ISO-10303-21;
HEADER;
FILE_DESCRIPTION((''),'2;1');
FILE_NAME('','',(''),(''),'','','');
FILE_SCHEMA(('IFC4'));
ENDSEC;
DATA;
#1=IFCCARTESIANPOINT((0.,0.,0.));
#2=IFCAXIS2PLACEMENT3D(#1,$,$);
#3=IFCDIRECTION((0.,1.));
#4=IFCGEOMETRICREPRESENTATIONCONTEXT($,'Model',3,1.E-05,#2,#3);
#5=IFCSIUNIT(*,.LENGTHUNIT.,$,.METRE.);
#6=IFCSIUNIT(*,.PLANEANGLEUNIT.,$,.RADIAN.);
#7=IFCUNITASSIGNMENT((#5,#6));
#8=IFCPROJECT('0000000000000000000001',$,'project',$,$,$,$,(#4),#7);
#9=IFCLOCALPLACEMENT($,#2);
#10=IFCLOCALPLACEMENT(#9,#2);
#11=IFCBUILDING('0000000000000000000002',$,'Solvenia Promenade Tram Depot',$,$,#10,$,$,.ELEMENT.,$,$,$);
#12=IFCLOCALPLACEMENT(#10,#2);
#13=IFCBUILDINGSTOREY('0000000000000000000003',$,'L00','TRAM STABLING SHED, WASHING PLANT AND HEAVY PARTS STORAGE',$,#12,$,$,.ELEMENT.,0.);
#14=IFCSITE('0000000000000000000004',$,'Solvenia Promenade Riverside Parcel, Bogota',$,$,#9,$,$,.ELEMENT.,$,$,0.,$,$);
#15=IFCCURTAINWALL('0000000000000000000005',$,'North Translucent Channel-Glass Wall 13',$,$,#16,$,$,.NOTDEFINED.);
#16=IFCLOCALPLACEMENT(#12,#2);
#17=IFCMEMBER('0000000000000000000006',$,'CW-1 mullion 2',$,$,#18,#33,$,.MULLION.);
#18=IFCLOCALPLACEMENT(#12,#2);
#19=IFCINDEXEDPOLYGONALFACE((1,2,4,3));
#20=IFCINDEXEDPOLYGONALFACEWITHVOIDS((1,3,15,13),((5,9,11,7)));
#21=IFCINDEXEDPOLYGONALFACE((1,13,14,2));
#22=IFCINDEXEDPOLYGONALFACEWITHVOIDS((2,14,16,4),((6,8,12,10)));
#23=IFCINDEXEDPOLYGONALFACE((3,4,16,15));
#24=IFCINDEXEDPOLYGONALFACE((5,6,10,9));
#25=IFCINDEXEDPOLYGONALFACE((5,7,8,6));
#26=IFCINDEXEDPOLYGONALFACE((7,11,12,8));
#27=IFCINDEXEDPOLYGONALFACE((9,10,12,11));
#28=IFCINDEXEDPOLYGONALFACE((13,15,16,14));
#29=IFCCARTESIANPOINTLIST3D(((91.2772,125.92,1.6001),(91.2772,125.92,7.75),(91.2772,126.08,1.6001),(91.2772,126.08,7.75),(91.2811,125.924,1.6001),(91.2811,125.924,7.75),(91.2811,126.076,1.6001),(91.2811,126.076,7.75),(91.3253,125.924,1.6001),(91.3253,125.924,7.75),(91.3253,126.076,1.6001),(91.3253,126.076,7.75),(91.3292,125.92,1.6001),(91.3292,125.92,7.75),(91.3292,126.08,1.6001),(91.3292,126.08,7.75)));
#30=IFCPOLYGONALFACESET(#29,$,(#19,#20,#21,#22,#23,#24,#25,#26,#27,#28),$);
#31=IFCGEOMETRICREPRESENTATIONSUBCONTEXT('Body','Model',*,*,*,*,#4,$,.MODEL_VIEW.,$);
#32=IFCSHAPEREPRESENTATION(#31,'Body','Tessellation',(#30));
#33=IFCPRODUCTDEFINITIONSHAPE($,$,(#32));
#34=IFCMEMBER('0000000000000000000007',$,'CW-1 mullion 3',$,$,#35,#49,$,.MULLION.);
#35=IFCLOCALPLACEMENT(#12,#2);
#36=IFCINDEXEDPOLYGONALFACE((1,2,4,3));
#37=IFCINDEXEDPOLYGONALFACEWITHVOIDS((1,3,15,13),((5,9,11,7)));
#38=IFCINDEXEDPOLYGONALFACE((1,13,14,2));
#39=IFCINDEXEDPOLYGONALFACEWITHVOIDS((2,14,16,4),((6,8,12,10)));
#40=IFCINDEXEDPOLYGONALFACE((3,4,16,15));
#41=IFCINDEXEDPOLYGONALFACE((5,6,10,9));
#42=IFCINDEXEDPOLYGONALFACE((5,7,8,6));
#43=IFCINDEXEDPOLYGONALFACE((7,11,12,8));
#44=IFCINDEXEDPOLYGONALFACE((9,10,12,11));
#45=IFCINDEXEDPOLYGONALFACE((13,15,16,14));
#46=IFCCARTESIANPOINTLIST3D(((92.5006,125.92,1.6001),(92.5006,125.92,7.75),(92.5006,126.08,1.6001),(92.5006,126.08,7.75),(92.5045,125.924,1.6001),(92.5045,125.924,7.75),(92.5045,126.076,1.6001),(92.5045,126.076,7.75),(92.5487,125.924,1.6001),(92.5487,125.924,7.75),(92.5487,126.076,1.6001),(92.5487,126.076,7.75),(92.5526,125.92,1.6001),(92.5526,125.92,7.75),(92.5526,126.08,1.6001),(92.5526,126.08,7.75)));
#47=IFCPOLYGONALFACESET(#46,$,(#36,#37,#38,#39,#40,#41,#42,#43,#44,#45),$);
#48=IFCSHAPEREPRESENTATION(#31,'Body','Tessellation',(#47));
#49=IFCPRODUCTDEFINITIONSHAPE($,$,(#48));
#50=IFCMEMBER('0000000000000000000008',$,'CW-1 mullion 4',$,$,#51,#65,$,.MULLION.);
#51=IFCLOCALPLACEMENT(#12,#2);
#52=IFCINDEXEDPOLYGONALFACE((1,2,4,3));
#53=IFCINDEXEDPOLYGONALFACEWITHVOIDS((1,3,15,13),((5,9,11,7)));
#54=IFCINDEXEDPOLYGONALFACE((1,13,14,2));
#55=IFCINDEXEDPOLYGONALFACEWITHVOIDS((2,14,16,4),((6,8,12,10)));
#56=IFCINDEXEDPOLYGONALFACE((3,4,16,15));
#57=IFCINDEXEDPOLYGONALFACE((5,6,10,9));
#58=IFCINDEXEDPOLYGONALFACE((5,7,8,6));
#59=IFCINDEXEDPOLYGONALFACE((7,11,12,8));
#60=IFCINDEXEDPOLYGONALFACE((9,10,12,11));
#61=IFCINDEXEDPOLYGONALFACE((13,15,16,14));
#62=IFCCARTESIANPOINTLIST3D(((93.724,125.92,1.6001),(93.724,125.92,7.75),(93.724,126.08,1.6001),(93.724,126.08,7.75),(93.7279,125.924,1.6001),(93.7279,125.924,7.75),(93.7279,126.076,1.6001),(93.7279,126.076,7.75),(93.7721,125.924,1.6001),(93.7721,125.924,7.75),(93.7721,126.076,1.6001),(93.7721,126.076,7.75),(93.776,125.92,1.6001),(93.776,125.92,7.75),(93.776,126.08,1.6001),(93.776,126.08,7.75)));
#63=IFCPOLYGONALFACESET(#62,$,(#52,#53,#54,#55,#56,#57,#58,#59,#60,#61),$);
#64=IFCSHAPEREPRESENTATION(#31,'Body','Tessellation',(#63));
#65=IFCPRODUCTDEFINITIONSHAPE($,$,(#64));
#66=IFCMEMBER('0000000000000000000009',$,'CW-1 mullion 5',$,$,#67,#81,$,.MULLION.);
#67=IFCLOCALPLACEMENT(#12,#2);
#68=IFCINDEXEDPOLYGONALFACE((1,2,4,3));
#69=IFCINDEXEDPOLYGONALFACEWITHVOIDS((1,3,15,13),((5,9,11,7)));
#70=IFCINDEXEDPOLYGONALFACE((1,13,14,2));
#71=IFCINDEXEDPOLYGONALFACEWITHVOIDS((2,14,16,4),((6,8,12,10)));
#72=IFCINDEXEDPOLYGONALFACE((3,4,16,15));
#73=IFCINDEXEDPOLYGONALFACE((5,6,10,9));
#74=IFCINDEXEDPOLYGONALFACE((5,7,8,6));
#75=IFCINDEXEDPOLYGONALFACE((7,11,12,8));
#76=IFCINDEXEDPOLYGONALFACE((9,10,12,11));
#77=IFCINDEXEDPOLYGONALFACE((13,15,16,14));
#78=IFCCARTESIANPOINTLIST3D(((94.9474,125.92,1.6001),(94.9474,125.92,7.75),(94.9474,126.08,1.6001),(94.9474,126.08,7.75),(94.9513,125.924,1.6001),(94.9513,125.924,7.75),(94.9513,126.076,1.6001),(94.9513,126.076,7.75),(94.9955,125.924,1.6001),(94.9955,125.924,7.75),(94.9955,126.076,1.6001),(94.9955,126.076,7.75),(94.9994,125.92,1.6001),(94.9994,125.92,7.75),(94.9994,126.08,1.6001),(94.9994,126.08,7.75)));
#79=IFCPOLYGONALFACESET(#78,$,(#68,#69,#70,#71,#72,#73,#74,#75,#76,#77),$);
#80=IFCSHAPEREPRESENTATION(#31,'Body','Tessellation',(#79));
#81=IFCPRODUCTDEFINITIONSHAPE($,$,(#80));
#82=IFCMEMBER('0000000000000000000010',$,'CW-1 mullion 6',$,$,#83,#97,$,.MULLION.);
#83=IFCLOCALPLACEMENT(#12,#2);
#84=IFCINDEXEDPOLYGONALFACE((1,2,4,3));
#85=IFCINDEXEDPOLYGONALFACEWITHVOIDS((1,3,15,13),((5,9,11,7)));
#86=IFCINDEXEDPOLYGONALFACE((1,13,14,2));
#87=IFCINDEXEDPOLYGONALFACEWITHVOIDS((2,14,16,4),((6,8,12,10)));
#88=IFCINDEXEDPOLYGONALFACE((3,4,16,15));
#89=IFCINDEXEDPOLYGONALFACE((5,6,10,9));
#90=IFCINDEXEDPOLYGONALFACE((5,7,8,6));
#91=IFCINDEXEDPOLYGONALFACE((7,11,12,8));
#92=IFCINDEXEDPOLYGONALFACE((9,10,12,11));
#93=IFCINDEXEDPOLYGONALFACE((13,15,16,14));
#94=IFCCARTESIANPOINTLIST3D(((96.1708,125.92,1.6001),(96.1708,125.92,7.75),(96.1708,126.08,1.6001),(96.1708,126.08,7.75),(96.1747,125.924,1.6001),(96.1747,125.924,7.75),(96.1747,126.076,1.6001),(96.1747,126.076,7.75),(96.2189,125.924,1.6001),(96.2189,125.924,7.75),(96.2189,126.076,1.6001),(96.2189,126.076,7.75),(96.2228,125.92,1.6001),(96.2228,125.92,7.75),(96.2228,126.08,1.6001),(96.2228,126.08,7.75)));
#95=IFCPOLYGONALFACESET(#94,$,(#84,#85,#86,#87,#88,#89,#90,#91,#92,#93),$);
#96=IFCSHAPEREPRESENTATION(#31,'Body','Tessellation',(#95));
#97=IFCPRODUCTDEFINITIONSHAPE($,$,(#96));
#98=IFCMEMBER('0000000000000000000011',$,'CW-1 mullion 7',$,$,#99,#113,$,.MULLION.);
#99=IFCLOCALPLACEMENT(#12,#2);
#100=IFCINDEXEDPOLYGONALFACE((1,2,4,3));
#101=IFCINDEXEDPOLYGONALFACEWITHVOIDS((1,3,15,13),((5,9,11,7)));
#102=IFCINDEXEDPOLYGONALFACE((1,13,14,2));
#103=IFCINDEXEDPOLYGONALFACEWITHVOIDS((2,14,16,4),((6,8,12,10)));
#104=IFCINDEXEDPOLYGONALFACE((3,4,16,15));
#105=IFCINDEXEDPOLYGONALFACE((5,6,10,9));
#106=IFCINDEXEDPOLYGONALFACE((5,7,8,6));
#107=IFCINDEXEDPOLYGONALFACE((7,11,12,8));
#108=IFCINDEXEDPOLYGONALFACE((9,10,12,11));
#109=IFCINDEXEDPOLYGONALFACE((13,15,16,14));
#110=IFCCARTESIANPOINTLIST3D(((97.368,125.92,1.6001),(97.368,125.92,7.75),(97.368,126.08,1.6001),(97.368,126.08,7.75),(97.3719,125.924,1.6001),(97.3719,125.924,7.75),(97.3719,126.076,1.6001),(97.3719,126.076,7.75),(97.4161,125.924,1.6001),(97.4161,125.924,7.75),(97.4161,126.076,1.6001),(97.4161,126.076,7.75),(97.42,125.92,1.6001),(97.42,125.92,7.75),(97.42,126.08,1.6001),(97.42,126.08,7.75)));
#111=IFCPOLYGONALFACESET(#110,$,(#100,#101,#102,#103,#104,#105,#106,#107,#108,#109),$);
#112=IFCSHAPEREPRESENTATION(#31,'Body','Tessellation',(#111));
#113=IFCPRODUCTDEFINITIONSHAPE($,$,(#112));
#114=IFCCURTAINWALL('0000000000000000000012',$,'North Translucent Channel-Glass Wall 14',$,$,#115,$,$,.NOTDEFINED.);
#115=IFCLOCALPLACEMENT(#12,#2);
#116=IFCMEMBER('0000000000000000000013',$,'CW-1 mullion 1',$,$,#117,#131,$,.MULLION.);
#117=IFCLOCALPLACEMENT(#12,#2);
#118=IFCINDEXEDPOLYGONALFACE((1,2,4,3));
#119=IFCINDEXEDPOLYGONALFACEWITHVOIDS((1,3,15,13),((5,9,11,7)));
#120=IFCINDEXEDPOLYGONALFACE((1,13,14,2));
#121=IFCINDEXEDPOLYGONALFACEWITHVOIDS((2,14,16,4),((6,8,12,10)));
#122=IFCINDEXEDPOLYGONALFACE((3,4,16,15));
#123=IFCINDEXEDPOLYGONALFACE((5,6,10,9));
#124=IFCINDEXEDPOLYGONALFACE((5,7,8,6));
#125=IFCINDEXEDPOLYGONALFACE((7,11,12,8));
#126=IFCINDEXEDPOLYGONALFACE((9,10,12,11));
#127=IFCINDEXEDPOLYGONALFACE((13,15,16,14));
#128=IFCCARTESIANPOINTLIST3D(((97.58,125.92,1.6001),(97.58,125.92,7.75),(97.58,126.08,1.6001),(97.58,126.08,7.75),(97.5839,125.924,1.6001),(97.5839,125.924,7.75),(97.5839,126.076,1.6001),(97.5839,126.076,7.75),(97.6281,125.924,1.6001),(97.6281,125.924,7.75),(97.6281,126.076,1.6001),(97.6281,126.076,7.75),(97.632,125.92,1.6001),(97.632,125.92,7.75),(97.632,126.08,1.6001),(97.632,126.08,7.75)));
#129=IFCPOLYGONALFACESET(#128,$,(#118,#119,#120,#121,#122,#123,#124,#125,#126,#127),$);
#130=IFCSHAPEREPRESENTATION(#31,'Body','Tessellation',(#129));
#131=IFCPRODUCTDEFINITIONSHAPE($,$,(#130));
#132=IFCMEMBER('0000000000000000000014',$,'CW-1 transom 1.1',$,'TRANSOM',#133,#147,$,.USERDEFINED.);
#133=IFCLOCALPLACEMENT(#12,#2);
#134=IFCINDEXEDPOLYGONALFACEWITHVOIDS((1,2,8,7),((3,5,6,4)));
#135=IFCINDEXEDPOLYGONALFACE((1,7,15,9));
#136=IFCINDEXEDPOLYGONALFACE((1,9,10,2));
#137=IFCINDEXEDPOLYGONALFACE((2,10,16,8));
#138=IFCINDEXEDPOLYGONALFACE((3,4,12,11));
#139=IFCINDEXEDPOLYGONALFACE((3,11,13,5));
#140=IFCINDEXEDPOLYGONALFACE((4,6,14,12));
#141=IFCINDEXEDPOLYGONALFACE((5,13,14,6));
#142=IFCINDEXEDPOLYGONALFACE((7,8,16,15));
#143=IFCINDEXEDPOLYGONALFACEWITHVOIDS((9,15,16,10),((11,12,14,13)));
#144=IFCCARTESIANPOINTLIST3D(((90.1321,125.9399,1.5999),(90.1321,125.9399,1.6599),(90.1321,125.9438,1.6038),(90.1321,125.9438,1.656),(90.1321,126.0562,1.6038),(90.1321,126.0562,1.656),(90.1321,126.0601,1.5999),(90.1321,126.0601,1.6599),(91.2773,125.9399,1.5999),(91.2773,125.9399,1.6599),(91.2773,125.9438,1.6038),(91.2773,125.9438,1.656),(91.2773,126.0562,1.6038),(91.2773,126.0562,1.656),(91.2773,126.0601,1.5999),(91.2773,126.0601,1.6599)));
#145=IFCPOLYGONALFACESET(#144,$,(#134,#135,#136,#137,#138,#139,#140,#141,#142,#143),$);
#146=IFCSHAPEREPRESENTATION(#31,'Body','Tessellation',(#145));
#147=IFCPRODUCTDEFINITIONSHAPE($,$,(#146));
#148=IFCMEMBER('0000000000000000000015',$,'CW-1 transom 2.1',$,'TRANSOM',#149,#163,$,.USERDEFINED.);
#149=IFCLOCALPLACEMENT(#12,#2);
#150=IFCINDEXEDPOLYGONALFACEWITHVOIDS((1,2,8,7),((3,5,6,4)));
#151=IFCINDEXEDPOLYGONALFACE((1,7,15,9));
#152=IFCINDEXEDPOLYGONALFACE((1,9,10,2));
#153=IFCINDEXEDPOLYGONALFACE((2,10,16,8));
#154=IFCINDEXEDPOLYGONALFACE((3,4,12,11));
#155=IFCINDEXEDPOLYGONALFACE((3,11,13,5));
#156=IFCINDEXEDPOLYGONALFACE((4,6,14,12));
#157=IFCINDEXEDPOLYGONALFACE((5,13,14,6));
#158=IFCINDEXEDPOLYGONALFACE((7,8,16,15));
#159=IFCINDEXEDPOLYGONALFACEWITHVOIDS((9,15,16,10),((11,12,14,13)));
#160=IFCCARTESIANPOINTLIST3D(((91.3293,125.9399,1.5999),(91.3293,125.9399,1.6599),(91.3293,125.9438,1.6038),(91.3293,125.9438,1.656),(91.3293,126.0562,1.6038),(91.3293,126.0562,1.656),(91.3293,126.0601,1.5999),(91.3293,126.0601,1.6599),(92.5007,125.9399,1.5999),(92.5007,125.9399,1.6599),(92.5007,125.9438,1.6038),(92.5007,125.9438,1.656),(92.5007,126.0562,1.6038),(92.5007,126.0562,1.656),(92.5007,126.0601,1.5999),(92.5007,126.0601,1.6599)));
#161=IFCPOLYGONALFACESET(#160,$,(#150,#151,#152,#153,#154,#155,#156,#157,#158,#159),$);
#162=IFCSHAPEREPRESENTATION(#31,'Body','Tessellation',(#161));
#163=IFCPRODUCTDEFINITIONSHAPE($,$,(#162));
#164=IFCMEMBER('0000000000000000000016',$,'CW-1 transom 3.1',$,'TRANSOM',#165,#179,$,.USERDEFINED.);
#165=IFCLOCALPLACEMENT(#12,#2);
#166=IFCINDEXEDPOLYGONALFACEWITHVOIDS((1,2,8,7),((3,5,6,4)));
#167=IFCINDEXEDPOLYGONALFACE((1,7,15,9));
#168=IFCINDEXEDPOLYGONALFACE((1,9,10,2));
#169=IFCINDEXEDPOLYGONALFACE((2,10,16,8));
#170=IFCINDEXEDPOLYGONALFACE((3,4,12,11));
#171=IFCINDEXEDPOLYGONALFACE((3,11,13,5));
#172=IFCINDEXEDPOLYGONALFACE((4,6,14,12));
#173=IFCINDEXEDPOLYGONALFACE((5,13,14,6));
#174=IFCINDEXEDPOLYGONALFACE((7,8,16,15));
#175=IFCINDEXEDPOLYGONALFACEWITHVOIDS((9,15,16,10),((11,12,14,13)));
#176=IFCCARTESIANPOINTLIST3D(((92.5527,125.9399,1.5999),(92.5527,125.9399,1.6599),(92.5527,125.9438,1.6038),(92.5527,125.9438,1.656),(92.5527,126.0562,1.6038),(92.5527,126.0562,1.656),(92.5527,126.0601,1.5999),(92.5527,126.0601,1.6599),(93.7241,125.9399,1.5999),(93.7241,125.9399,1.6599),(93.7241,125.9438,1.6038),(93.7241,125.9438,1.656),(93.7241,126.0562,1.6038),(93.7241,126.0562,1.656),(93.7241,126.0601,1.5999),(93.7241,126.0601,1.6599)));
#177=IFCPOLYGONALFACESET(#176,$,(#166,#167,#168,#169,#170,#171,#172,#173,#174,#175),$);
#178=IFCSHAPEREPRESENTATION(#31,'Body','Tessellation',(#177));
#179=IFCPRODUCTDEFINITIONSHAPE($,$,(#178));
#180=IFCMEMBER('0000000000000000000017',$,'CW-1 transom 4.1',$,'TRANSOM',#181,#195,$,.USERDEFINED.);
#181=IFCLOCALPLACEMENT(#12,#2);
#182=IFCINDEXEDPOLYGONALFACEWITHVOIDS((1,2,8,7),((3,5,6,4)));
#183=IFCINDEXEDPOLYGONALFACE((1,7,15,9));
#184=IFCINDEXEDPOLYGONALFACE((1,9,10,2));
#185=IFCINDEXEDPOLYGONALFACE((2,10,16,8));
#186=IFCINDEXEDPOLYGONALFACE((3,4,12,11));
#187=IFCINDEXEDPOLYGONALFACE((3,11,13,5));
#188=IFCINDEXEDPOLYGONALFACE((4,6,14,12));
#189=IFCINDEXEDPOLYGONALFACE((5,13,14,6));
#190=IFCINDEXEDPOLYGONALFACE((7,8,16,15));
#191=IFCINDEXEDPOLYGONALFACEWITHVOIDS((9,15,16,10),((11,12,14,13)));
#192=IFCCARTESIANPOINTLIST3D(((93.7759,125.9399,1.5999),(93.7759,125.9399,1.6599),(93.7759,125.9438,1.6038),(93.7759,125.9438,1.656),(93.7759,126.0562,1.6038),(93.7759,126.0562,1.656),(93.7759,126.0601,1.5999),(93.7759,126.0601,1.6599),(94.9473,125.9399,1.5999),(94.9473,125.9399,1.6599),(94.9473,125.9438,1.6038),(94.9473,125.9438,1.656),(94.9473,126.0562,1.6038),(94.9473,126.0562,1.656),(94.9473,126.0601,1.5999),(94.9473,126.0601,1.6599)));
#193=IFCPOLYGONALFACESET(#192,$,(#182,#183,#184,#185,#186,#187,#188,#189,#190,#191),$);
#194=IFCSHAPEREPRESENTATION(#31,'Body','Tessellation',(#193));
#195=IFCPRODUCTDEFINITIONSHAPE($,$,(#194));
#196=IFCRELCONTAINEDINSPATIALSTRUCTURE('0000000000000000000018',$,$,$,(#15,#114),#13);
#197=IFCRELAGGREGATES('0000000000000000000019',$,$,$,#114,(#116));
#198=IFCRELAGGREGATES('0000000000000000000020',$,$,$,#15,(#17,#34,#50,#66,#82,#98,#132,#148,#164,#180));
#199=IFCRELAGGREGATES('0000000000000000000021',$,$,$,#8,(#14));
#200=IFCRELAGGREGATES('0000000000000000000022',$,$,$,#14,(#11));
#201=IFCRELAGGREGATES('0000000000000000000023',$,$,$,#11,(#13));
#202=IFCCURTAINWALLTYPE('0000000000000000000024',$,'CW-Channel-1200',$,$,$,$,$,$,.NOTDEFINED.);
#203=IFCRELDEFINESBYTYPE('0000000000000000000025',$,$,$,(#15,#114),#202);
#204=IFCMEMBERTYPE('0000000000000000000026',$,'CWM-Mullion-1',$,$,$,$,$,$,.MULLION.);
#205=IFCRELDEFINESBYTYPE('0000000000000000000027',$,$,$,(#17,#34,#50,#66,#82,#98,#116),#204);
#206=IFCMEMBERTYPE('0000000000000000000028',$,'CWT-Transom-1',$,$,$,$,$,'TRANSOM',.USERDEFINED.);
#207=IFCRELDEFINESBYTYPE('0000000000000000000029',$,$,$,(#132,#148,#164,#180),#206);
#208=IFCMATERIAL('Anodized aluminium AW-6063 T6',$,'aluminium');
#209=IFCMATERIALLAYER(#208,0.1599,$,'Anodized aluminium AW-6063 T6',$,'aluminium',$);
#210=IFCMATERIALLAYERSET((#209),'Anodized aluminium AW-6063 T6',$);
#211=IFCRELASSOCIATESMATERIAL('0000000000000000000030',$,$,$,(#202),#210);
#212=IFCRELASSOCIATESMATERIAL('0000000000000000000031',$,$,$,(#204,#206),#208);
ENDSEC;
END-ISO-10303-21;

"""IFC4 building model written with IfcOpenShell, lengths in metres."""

from ifc_helpers import new_model, si_unit, direction, frame, origin, origin_2d, place, context, subcontext, project, spatial, hollow_rectangle, extrude, material, layer, layer_set, material_profile, profile_set, type_object, element, aggregate, save


model = new_model("IFC4")

# Units and contexts
model_context = context("Model", 3, precision=1e-05, world=origin(), true_north=direction((0.0, 1.0)))
body_context = subcontext(model_context, "Body", "Model", "MODEL_VIEW")
ifc_project = project(units=[si_unit("LENGTHUNIT", "METRE"), si_unit("PLANEANGLEUNIT", "RADIAN")], contexts=[model_context])

# Site, building, storey
site_placement = place(None, origin())
site = spatial("IfcSite", under=ifc_project, at=site_placement, Name="Solvenia Promenade Riverside Parcel, Bogota", CompositionType="ELEMENT", RefElevation=0.0)
building_placement = place(site_placement, origin())
building = spatial("IfcBuilding", under=site, at=building_placement, Name="Solvenia Promenade Tram Depot", CompositionType="ELEMENT")
storey_placement = place(building_placement, origin())
storey = spatial("IfcBuildingStorey", under=building, at=storey_placement, Name="L00", Description="TRAM STABLING SHED, WASHING PLANT AND HEAVY PARTS STORAGE", CompositionType="ELEMENT", Elevation=0.0)

# Shared definitions
ifc_material_1 = material(Name="Anodized aluminium AW-6063 T6", Category="aluminium")
ifc_layer_1 = layer(ifc_material_1, 0.1599, Name="Anodized aluminium AW-6063 T6", Category="aluminium")
ifc_layer_set_1 = layer_set([ifc_layer_1], Name="Anodized aluminium AW-6063 T6")
curtain_wall_type = type_object("IfcCurtainWallType", Name="CW-Channel-1200", PredefinedType="NOTDEFINED", material=ifc_layer_set_1)
ifc_material_profile_1 = material_profile(ifc_material_1, hollow_rectangle(XDim=0.1599, YDim=0.052, WallThickness=0.0039, at=origin_2d()), Name="ALU-M1", Category="aluminium")
ifc_profile_set_1 = profile_set([ifc_material_profile_1], Name="Anodized aluminium AW-6063 T6")
member_type_1 = type_object("IfcMemberType", Name="CWM-Mullion-1", PredefinedType="MULLION", material=ifc_profile_set_1)

# Curtain wall, members
curtain_wall_1_placement = place(storey_placement, origin())
curtain_wall_1 = element("IfcCurtainWall", 1, at=curtain_wall_1_placement, inside=storey, type_object=curtain_wall_type, Name="North Translucent Channel-Glass Wall 13", PredefinedType="NOTDEFINED")
member_1_placement = place(storey_placement, frame((91.3032, 126.0, 1.6001), z_axis=(0.0, 0.0, 1.0), x_axis=(0.0, 1.0, 0.0)))
member_1 = element("IfcMember", 2, at=member_1_placement, type_object=member_type_1, Name="CW-1 mullion 2", PredefinedType="MULLION", context=body_context, shape_type="SweptSolid", body=[
    extrude(hollow_rectangle(XDim=0.1599, YDim=0.052, WallThickness=0.0039, at=origin_2d()), origin(), (0.0, 0.0, 1.0), 6.1499),
])
member_2_placement = place(storey_placement, frame((92.5266, 126.0, 1.6001), z_axis=(0.0, 0.0, 1.0), x_axis=(0.0, 1.0, 0.0)))
member_2 = element("IfcMember", 3, at=member_2_placement, type_object=member_type_1, Name="CW-1 mullion 3", PredefinedType="MULLION", context=body_context, shape_type="SweptSolid", body=[
    extrude(hollow_rectangle(XDim=0.1599, YDim=0.052, WallThickness=0.0039, at=origin_2d()), origin(), (0.0, 0.0, 1.0), 6.1499),
])
member_3_placement = place(storey_placement, frame((93.75, 126.0, 1.6001), z_axis=(0.0, 0.0, 1.0), x_axis=(0.0, 1.0, 0.0)))
member_3 = element("IfcMember", 4, at=member_3_placement, type_object=member_type_1, Name="CW-1 mullion 4", PredefinedType="MULLION", context=body_context, shape_type="SweptSolid", body=[
    extrude(hollow_rectangle(XDim=0.1599, YDim=0.052, WallThickness=0.0039, at=origin_2d()), origin(), (0.0, 0.0, 1.0), 6.1499),
])
member_4_placement = place(storey_placement, frame((94.9734, 126.0, 1.6001), z_axis=(0.0, 0.0, 1.0), x_axis=(0.0, 1.0, 0.0)))
member_4 = element("IfcMember", 5, at=member_4_placement, type_object=member_type_1, Name="CW-1 mullion 5", PredefinedType="MULLION", context=body_context, shape_type="SweptSolid", body=[
    extrude(hollow_rectangle(XDim=0.1599, YDim=0.052, WallThickness=0.0039, at=origin_2d()), origin(), (0.0, 0.0, 1.0), 6.1499),
])
member_5_placement = place(storey_placement, frame((96.1968, 126.0, 1.6001), z_axis=(0.0, 0.0, 1.0), x_axis=(0.0, 1.0, 0.0)))
member_5 = element("IfcMember", 6, at=member_5_placement, type_object=member_type_1, Name="CW-1 mullion 6", PredefinedType="MULLION", context=body_context, shape_type="SweptSolid", body=[
    extrude(hollow_rectangle(XDim=0.1599, YDim=0.052, WallThickness=0.0039, at=origin_2d()), origin(), (0.0, 0.0, 1.0), 6.1499),
])
member_6_placement = place(storey_placement, frame((97.394, 126.0, 1.6001), z_axis=(0.0, 0.0, 1.0), x_axis=(0.0, 1.0, 0.0)))
member_6 = element("IfcMember", 7, at=member_6_placement, type_object=member_type_1, Name="CW-1 mullion 7", PredefinedType="MULLION", context=body_context, shape_type="SweptSolid", body=[
    extrude(hollow_rectangle(XDim=0.1599, YDim=0.052, WallThickness=0.0039, at=origin_2d()), origin(), (0.0, 0.0, 1.0), 6.1499),
])

# Curtain wall, member
curtain_wall_2_placement = place(storey_placement, origin())
curtain_wall_2 = element("IfcCurtainWall", 8, at=curtain_wall_2_placement, inside=storey, type_object=curtain_wall_type, Name="North Translucent Channel-Glass Wall 14", PredefinedType="NOTDEFINED")
member_7_placement = place(storey_placement, frame((97.606, 126.0, 1.6001), z_axis=(0.0, 0.0, 1.0), x_axis=(0.0, 1.0, 0.0)))
member_7 = element("IfcMember", 9, at=member_7_placement, type_object=member_type_1, Name="CW-1 mullion 1", PredefinedType="MULLION", context=body_context, shape_type="SweptSolid", body=[
    extrude(hollow_rectangle(XDim=0.1599, YDim=0.052, WallThickness=0.0039, at=origin_2d()), origin(), (0.0, 0.0, 1.0), 6.1499),
])

# Members
ifc_material_profile_2 = material_profile(ifc_material_1, hollow_rectangle(XDim=0.1201, YDim=0.0601, WallThickness=0.0039, at=origin_2d()), Name="ALU-T1", Category="aluminium")
ifc_profile_set_2 = profile_set([ifc_material_profile_2], Name="Anodized aluminium AW-6063 T6")
member_type_2 = type_object("IfcMemberType", Name="CWT-Transom-1", ElementType="TRANSOM", PredefinedType="USERDEFINED", material=ifc_profile_set_2)
member_8_placement = place(storey_placement, frame((90.1321, 126.0, 1.6299), z_axis=(1.0, 0.0, 0.0), x_axis=(0.0, 1.0, 0.0)))
member_8 = element("IfcMember", 10, at=member_8_placement, type_object=member_type_2, Name="CW-1 transom 1.1", ObjectType="TRANSOM", PredefinedType="USERDEFINED", context=body_context, shape_type="SweptSolid", body=[
    extrude(hollow_rectangle(XDim=0.1201, YDim=0.0601, WallThickness=0.0039, at=origin_2d()), origin(), (0.0, 0.0, 1.0), 1.1453),
])
member_9_placement = place(storey_placement, frame((91.3293, 126.0, 1.6299), z_axis=(1.0, 0.0, 0.0), x_axis=(0.0, 1.0, 0.0)))
member_9 = element("IfcMember", 11, at=member_9_placement, type_object=member_type_2, Name="CW-1 transom 2.1", ObjectType="TRANSOM", PredefinedType="USERDEFINED", context=body_context, shape_type="SweptSolid", body=[
    extrude(hollow_rectangle(XDim=0.1201, YDim=0.0601, WallThickness=0.0039, at=origin_2d()), origin(), (0.0, 0.0, 1.0), 1.1714),
])
member_10_placement = place(storey_placement, frame((92.5527, 126.0, 1.6299), z_axis=(1.0, 0.0, 0.0), x_axis=(0.0, 1.0, 0.0)))
member_10 = element("IfcMember", 12, at=member_10_placement, type_object=member_type_2, Name="CW-1 transom 3.1", ObjectType="TRANSOM", PredefinedType="USERDEFINED", context=body_context, shape_type="SweptSolid", body=[
    extrude(hollow_rectangle(XDim=0.1201, YDim=0.0601, WallThickness=0.0039, at=origin_2d()), origin(), (0.0, 0.0, 1.0), 1.1714),
])
member_11_placement = place(storey_placement, frame((93.7759, 126.0, 1.6299), z_axis=(1.0, 0.0, 0.0), x_axis=(0.0, 1.0, 0.0)))
member_11 = element("IfcMember", 13, at=member_11_placement, type_object=member_type_2, Name="CW-1 transom 4.1", ObjectType="TRANSOM", PredefinedType="USERDEFINED", context=body_context, shape_type="SweptSolid", body=[
    extrude(hollow_rectangle(XDim=0.1201, YDim=0.0601, WallThickness=0.0039, at=origin_2d()), origin(), (0.0, 0.0, 1.0), 1.1714),
])
aggregate(curtain_wall_2, [member_7])

aggregate(curtain_wall_1, [member_1, member_2, member_3, member_4, member_5, member_6, member_8, member_9, member_10, member_11])

save(model, "model.ifc")
